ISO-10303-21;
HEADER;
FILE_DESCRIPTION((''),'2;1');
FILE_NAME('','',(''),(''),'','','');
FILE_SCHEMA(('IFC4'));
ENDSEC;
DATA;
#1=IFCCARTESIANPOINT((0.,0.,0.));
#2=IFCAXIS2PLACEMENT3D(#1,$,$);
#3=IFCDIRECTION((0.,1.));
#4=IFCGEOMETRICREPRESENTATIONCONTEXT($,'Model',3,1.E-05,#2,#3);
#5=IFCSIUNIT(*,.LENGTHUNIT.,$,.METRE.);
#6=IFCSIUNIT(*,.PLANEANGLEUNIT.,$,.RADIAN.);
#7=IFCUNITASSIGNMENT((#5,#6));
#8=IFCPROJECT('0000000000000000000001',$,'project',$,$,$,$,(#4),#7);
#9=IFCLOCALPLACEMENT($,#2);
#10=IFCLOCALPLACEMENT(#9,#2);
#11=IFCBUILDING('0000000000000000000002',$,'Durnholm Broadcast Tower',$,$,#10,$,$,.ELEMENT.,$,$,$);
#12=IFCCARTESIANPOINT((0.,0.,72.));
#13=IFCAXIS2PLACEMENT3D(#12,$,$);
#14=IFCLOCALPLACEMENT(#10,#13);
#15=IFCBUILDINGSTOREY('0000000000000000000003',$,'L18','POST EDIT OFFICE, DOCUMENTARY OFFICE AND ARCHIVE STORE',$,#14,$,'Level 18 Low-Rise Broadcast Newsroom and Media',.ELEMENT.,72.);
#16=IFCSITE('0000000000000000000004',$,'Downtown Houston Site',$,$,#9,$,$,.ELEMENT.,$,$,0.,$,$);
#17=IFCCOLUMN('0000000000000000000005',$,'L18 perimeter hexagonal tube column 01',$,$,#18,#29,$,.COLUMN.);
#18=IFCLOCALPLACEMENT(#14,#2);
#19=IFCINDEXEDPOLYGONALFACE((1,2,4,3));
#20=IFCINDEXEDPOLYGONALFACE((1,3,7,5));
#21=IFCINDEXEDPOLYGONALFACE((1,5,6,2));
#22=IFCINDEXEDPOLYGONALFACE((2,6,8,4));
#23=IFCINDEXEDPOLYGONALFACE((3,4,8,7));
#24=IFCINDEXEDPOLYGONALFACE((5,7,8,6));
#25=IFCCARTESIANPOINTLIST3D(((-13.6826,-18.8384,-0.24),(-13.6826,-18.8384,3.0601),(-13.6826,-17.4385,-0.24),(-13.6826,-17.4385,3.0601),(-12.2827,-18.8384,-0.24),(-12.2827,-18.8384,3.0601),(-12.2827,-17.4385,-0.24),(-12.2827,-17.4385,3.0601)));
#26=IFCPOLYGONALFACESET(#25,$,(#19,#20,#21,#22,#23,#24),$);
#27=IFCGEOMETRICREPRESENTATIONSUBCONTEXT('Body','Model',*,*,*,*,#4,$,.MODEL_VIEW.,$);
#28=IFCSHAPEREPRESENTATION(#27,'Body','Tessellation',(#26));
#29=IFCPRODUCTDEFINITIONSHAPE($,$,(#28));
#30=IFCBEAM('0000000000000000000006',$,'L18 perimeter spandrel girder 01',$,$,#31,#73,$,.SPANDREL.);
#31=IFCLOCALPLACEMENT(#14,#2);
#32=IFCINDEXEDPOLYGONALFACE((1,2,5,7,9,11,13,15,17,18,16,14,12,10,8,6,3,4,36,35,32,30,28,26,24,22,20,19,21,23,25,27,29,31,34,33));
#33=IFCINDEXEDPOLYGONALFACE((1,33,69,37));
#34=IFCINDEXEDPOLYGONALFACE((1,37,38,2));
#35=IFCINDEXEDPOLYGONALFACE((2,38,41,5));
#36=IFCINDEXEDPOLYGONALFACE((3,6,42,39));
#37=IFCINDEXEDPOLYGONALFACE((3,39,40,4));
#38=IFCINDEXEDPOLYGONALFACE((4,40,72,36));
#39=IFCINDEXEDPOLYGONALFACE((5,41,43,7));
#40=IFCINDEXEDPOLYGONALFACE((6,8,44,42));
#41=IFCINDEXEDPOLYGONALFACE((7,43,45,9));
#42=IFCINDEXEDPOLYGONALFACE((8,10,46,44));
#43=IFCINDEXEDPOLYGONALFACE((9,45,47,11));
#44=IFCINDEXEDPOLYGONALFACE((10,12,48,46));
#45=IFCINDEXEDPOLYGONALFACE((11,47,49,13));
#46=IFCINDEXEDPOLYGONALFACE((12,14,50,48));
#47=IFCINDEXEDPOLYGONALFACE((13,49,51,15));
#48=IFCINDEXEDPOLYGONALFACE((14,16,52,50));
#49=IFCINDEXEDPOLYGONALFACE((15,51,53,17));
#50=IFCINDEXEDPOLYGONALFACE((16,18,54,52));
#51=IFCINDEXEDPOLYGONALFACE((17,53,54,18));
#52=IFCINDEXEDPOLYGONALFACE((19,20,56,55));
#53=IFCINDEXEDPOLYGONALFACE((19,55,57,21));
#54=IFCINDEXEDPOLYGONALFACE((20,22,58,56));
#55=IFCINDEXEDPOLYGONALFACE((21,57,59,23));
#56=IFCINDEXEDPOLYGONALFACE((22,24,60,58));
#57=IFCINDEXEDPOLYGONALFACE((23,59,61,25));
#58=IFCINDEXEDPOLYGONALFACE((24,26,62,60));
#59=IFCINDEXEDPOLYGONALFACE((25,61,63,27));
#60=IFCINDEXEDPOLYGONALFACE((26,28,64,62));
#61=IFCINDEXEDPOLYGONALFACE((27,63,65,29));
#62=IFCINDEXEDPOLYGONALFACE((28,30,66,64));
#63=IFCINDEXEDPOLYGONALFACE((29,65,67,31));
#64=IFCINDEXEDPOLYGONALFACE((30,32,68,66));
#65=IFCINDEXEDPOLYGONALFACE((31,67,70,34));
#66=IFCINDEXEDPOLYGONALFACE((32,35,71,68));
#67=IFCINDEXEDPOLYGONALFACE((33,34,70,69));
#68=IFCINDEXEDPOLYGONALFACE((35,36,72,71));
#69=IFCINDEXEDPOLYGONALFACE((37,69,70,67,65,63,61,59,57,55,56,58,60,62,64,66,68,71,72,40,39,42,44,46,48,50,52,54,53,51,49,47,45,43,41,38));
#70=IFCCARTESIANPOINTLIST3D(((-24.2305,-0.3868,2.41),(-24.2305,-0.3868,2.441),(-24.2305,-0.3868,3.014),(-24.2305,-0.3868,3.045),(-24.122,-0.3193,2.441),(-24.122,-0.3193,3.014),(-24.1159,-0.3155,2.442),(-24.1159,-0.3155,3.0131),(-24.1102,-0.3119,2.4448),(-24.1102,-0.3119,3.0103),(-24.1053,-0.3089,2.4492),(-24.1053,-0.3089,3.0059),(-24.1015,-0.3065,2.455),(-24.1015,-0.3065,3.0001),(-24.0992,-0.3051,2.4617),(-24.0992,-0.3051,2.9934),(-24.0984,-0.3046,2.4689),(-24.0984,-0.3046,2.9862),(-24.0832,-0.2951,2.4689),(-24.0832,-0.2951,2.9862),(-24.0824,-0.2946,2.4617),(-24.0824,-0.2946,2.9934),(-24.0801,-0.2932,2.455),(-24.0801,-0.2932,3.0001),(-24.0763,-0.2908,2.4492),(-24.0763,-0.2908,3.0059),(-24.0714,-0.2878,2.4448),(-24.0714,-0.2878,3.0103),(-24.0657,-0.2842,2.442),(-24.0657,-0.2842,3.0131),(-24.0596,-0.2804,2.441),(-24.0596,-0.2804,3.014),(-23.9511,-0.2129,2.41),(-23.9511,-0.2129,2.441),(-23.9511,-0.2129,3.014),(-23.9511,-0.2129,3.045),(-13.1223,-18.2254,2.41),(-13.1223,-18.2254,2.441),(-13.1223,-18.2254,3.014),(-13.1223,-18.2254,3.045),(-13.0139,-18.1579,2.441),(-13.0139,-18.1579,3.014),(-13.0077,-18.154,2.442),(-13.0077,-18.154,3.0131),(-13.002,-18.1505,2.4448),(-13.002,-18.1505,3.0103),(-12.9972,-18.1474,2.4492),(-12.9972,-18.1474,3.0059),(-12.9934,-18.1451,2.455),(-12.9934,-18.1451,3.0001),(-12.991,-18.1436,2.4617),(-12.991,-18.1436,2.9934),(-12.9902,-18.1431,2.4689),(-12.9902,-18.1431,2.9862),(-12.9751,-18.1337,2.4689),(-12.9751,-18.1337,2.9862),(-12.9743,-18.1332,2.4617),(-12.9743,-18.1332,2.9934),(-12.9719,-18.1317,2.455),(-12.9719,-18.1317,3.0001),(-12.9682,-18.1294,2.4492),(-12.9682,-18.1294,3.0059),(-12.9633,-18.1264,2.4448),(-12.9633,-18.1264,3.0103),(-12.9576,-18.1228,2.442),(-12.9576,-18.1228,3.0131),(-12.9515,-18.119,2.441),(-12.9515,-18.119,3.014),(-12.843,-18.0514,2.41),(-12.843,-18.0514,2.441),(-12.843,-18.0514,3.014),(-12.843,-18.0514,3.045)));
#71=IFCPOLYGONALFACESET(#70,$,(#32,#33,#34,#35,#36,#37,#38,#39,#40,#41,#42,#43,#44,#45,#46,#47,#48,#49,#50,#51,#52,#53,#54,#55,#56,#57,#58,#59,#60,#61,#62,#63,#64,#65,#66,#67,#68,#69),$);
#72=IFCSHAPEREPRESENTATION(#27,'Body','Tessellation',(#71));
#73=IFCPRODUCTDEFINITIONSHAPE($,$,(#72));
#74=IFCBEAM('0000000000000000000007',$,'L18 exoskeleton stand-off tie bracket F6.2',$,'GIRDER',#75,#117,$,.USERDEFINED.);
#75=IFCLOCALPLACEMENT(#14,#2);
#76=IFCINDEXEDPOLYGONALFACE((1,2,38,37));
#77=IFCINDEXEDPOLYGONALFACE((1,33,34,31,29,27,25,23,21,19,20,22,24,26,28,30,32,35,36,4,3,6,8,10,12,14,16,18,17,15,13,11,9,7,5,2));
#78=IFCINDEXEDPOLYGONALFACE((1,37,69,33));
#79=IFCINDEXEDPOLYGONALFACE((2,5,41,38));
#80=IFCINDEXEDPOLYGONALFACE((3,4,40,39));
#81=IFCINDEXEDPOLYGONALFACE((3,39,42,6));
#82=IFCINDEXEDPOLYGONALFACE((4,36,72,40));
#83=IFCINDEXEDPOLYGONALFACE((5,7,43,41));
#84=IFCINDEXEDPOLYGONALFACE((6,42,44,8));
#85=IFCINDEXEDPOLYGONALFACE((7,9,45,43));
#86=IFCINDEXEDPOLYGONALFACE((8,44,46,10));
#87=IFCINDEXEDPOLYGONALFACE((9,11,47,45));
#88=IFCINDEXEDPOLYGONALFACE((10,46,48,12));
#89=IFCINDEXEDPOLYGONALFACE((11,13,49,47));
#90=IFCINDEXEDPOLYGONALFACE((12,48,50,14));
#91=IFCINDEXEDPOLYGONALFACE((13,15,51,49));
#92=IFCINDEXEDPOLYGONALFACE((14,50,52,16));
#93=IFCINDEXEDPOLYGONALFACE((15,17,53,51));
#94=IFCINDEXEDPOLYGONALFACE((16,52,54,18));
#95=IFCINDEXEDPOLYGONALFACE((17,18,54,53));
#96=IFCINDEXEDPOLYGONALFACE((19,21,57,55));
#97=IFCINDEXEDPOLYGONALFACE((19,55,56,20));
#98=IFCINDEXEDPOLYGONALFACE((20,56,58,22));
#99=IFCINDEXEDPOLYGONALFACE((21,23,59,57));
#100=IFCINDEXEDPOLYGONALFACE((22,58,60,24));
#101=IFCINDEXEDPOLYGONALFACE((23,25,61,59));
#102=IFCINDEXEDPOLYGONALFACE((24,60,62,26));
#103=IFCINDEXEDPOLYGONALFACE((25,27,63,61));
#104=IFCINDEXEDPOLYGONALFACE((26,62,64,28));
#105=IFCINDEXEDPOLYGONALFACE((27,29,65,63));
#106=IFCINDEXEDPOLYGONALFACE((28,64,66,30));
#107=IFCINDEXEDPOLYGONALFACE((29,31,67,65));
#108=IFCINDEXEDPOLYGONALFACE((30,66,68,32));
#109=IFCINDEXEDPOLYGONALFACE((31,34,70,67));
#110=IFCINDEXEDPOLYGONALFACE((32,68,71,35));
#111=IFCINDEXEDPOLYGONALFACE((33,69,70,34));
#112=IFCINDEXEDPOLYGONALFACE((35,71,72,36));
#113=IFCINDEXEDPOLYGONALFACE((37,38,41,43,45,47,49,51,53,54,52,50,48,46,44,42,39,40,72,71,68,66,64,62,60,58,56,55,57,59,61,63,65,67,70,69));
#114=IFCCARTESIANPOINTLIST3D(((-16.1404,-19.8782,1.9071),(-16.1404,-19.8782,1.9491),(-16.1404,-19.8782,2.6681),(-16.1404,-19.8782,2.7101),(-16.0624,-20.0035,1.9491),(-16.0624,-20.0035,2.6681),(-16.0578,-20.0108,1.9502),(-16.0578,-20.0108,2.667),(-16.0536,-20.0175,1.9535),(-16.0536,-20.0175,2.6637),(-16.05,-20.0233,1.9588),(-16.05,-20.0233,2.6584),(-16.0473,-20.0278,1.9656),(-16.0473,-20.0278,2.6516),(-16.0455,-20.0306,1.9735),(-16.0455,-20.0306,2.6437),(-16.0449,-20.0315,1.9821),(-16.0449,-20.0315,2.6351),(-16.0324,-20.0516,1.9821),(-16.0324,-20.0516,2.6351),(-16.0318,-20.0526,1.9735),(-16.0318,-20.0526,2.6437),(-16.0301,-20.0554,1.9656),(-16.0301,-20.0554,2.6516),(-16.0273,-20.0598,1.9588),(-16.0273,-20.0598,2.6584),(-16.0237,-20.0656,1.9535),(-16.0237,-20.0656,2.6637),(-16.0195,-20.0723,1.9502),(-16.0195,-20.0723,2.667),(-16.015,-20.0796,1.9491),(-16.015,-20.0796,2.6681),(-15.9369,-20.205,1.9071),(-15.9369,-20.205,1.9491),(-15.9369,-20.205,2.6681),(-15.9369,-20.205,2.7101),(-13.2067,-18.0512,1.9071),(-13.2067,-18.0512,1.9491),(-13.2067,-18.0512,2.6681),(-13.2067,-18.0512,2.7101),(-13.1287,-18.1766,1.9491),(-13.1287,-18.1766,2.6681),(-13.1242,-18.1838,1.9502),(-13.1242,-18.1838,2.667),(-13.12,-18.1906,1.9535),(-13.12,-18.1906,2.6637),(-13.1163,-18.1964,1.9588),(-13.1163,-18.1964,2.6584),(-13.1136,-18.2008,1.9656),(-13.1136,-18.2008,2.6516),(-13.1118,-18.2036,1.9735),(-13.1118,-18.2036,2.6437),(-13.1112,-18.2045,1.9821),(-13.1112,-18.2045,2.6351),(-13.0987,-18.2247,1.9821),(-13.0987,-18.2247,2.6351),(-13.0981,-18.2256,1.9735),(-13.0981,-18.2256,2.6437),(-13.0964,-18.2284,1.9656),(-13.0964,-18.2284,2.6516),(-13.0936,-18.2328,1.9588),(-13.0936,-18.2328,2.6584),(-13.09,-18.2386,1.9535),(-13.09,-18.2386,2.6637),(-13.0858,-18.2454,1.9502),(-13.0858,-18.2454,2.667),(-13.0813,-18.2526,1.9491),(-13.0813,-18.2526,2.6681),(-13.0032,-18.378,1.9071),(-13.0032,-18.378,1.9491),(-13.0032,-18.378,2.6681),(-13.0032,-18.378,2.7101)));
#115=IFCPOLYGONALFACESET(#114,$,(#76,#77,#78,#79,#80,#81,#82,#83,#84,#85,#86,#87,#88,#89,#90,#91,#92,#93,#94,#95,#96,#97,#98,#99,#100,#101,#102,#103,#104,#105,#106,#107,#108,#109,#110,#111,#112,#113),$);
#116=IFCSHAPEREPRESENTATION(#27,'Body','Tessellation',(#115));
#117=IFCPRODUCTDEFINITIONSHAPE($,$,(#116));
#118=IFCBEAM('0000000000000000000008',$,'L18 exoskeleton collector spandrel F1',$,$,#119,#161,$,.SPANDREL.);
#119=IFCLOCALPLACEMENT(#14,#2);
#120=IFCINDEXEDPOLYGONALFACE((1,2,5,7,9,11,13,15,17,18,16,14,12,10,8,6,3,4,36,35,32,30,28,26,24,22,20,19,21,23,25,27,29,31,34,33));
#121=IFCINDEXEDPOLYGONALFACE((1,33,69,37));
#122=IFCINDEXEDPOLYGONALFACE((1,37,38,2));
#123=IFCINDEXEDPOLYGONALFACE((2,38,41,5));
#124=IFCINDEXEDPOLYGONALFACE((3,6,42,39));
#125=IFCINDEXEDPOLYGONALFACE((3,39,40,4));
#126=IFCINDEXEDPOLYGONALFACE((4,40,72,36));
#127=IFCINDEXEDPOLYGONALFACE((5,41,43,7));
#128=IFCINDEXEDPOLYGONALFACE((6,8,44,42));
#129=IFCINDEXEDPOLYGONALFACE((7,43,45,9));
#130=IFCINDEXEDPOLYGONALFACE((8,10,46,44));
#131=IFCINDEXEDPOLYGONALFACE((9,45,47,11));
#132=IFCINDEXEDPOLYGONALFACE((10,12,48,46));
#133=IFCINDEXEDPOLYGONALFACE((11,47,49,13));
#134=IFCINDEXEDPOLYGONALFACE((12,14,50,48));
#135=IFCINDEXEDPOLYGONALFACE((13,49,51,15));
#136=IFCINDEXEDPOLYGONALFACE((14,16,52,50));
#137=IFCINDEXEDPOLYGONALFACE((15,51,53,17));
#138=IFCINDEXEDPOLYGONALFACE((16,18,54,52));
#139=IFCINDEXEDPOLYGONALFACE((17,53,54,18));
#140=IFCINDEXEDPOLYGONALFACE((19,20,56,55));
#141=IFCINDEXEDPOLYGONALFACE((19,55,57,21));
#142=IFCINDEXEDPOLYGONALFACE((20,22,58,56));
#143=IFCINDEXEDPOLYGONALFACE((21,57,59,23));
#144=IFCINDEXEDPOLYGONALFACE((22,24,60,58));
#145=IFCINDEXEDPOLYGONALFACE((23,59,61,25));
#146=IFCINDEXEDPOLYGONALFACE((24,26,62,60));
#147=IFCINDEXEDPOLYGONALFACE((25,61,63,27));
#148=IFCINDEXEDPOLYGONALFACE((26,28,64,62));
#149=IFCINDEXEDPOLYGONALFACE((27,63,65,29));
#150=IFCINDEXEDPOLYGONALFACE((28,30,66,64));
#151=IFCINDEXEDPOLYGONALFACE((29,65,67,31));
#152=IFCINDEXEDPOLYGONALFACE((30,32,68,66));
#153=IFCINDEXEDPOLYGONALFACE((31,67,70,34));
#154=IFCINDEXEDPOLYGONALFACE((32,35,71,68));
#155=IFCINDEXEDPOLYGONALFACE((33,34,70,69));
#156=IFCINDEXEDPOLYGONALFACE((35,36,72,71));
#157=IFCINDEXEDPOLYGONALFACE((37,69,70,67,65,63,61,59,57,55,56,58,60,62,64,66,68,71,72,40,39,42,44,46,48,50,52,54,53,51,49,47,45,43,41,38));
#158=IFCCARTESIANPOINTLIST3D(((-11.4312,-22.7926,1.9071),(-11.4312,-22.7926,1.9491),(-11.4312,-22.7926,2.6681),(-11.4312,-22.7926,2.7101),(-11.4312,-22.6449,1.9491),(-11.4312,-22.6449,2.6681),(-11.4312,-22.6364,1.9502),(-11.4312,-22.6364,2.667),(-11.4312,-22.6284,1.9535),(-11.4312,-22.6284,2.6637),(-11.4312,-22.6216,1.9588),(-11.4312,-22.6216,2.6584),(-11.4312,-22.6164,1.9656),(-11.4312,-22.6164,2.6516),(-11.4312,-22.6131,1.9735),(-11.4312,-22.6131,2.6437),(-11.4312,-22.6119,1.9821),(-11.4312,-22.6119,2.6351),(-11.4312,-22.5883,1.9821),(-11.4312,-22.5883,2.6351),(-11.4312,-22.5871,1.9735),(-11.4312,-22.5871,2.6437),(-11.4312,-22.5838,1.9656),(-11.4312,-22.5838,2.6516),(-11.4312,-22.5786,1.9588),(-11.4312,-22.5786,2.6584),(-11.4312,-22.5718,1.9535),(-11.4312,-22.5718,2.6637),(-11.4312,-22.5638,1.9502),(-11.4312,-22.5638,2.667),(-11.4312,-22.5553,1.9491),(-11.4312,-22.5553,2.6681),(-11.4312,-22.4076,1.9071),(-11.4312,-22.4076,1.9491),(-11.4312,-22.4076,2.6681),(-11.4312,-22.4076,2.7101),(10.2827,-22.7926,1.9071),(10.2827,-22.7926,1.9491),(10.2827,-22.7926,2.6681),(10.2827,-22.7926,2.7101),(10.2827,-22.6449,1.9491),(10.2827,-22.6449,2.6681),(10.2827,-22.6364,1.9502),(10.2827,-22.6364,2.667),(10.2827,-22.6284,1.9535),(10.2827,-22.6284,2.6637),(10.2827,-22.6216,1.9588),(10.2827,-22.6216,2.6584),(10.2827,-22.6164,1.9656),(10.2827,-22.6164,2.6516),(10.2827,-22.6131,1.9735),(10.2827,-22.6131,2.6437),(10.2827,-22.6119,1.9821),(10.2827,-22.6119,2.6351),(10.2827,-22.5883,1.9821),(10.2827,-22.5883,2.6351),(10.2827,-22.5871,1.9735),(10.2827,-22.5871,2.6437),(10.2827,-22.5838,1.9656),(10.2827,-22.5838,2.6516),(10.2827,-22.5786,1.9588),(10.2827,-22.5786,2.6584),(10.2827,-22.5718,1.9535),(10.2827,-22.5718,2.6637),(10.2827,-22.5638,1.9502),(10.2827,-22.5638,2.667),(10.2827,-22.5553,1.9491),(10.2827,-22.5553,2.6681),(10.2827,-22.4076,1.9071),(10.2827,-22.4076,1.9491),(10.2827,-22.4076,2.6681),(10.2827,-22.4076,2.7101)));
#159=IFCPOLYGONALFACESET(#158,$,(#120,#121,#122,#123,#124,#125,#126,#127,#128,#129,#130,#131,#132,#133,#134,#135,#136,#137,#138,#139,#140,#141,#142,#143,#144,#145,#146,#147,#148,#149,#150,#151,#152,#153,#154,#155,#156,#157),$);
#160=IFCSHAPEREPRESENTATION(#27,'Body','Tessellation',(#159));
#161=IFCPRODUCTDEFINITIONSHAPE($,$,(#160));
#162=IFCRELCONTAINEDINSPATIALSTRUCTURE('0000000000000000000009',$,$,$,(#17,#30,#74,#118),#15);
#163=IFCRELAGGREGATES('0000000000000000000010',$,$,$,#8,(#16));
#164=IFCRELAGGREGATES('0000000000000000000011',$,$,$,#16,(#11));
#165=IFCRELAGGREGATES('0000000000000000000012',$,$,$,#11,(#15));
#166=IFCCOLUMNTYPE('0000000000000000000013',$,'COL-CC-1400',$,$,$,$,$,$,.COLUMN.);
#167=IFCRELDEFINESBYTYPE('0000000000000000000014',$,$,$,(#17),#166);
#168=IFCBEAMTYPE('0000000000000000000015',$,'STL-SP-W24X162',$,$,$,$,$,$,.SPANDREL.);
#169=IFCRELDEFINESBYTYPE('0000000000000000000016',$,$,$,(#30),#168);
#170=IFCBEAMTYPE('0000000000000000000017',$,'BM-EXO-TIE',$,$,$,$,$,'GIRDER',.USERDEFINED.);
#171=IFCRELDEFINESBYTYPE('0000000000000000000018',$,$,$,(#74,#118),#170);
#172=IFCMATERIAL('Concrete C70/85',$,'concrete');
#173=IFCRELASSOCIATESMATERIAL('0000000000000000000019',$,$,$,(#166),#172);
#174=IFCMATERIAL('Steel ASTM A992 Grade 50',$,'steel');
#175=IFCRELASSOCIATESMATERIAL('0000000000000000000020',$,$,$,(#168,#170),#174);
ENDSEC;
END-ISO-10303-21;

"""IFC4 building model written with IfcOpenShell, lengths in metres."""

from ifc_helpers import new_model, si_unit, direction, frame, origin, origin_2d, place, context, subcontext, project, spatial, rectangle, i_section, extrude, source, transform, mapped, material, material_profile, profile_set, type_object, type_shapes, element, save


model = new_model("IFC4")

# Units and contexts
model_context = context("Model", 3, precision=1e-05, world=origin(), true_north=direction((0.0, 1.0)))
body_context = subcontext(model_context, "Body", "Model", "MODEL_VIEW")
ifc_project = project(units=[si_unit("LENGTHUNIT", "METRE"), si_unit("PLANEANGLEUNIT", "RADIAN")], contexts=[model_context])

# Site, building, storey
site_placement = place(None, origin())
site = spatial("IfcSite", under=ifc_project, at=site_placement, Name="Downtown Houston Site", CompositionType="ELEMENT", RefElevation=0.0)
building_placement = place(site_placement, origin())
building = spatial("IfcBuilding", under=site, at=building_placement, Name="Durnholm Broadcast Tower", CompositionType="ELEMENT")
storey_placement = place(building_placement, frame((0.0, 0.0, 72.0)))
storey = spatial("IfcBuildingStorey", under=building, at=storey_placement, Name="L18", Description="POST EDIT OFFICE, DOCUMENTARY OFFICE AND ARCHIVE STORE", LongName="Level 18 Low-Rise Broadcast Newsroom and Media", CompositionType="ELEMENT", Elevation=72.0)

# Column
ifc_material_1 = material(Name="Concrete C70/85", Category="concrete")
ifc_material_profile_1 = material_profile(ifc_material_1, rectangle(XDim=1.3999, YDim=1.3999, at=origin_2d()), Name="RC1400X1400")
ifc_profile_set_1 = profile_set([ifc_material_profile_1], Name="Concrete C70/85")
column_type = type_object("IfcColumnType", Name="COL-CC-1400", PredefinedType="COLUMN", material=ifc_profile_set_1)
shared_shape_1 = source(origin(), body_context, "Body", "SweptSolid", [
    extrude(rectangle(XDim=1.3999, YDim=1.3999, at=origin_2d()), origin(), (0.0, 0.0, 1.0), 3.3),
])
type_shapes(column_type, [shared_shape_1])
column_placement = place(storey_placement, frame((-12.9827, -18.1384, -0.24), z_axis=(0.0, 0.0, 1.0), x_axis=(1.0, 0.0, 0.0)))
element("IfcColumn", 1, at=column_placement, inside=storey, type_object=column_type, Name="L18 perimeter hexagonal tube column 01", PredefinedType="COLUMN", context=body_context, shape_type="MappedRepresentation", body=[
    mapped(shared_shape_1, transform((0.0, 0.0, 0.0), x_axis=(1.0, 0.0, 0.0), y_axis=(0.0, 1.0, 0.0), z_axis=(0.0, 0.0, 1.0), scale=1.0)),
])

# Beams
ifc_material_2 = material(Name="Steel ASTM A992 Grade 50", Category="steel")
ifc_material_profile_2 = material_profile(ifc_material_2, i_section(OverallWidth=0.3291, OverallDepth=0.635, WebThickness=0.0178, FlangeThickness=0.031, FilletRadius=0.0278, at=origin_2d()), Name="W24X162")
ifc_profile_set_2 = profile_set([ifc_material_profile_2], Name="Steel ASTM A992 Grade 50")
beam_type_1 = type_object("IfcBeamType", Name="STL-SP-W24X162", PredefinedType="SPANDREL", material=ifc_profile_set_2)
shared_shape_2 = source(origin(), body_context, "Body", "SweptSolid", [
    extrude(i_section(OverallWidth=0.3291, OverallDepth=0.635, WebThickness=0.0178, FlangeThickness=0.031, FilletRadius=0.0278, at=origin_2d()), origin(), (0.0, 0.0, 1.0), 21.0144),
])
type_shapes(beam_type_1, [shared_shape_2])
beam_1_placement = place(storey_placement, frame((-12.9827, -18.1384, 2.7275), z_axis=(-0.528596, 0.848874, 0.0), x_axis=(-0.848874, -0.528596, 0.0)))
element("IfcBeam", 2, at=beam_1_placement, inside=storey, type_object=beam_type_1, Name="L18 perimeter spandrel girder 01", PredefinedType="SPANDREL", context=body_context, shape_type="MappedRepresentation", body=[
    mapped(shared_shape_2, transform((0.0, 0.0, 0.0), x_axis=(1.0, 0.0, 0.0), y_axis=(0.0, 1.0, 0.0), z_axis=(0.0, 0.0, 1.0), scale=1.0)),
])
ifc_material_profile_3 = material_profile(ifc_material_2, i_section(OverallWidth=0.385, OverallDepth=0.803, WebThickness=0.0237, FlangeThickness=0.042, FilletRadius=0.033, at=origin_2d()), Name="W30X261")
ifc_profile_set_3 = profile_set([ifc_material_profile_3], Name="Steel ASTM A992 Grade 50")
beam_type_2 = type_object("IfcBeamType", Name="BM-EXO-TIE", ElementType="GIRDER", PredefinedType="USERDEFINED", material=ifc_profile_set_3)
shared_shape_3 = source(origin(), body_context, "Body", "SweptSolid", [
    extrude(i_section(OverallWidth=0.385, OverallDepth=0.803, WebThickness=0.0237, FlangeThickness=0.042, FilletRadius=0.033, at=origin_2d()), origin(), (0.0, 0.0, 1.0), 3.4561),
])
beam_2_placement = place(storey_placement, frame((-13.105, -18.2146, 2.3086), z_axis=(-0.848854, -0.528627, 0.0), x_axis=(0.528627, -0.848854, 0.0)))
element("IfcBeam", 3, at=beam_2_placement, inside=storey, type_object=beam_type_2, Name="L18 exoskeleton stand-off tie bracket F6.2", ObjectType="GIRDER", PredefinedType="USERDEFINED", context=body_context, shape_type="MappedRepresentation", body=[
    mapped(shared_shape_3, transform((0.0, 0.0, 0.0), x_axis=(1.0, 0.0, 0.0), y_axis=(0.0, 1.0, 0.0), z_axis=(0.0, 0.0, 1.0), scale=1.0)),
])
shared_shape_4 = source(origin(), body_context, "Body", "SweptSolid", [
    extrude(i_section(OverallWidth=0.385, OverallDepth=0.803, WebThickness=0.0237, FlangeThickness=0.042, FilletRadius=0.033, at=origin_2d()), origin(), (0.0, 0.0, 1.0), 21.7139),
])
type_shapes(beam_type_2, [shared_shape_3, shared_shape_4])
beam_3_placement = place(storey_placement, frame((-11.4312, -22.6001, 2.3086), z_axis=(1.0, 0.0, 0.0), x_axis=(0.0, 1.0, 0.0)))
element("IfcBeam", 4, at=beam_3_placement, inside=storey, type_object=beam_type_2, Name="L18 exoskeleton collector spandrel F1", PredefinedType="SPANDREL", context=body_context, shape_type="MappedRepresentation", body=[
    mapped(shared_shape_4, transform((0.0, 0.0, 0.0), x_axis=(1.0, 0.0, 0.0), y_axis=(0.0, 1.0, 0.0), z_axis=(0.0, 0.0, 1.0), scale=1.0)),
])

save(model, "model.ifc")
